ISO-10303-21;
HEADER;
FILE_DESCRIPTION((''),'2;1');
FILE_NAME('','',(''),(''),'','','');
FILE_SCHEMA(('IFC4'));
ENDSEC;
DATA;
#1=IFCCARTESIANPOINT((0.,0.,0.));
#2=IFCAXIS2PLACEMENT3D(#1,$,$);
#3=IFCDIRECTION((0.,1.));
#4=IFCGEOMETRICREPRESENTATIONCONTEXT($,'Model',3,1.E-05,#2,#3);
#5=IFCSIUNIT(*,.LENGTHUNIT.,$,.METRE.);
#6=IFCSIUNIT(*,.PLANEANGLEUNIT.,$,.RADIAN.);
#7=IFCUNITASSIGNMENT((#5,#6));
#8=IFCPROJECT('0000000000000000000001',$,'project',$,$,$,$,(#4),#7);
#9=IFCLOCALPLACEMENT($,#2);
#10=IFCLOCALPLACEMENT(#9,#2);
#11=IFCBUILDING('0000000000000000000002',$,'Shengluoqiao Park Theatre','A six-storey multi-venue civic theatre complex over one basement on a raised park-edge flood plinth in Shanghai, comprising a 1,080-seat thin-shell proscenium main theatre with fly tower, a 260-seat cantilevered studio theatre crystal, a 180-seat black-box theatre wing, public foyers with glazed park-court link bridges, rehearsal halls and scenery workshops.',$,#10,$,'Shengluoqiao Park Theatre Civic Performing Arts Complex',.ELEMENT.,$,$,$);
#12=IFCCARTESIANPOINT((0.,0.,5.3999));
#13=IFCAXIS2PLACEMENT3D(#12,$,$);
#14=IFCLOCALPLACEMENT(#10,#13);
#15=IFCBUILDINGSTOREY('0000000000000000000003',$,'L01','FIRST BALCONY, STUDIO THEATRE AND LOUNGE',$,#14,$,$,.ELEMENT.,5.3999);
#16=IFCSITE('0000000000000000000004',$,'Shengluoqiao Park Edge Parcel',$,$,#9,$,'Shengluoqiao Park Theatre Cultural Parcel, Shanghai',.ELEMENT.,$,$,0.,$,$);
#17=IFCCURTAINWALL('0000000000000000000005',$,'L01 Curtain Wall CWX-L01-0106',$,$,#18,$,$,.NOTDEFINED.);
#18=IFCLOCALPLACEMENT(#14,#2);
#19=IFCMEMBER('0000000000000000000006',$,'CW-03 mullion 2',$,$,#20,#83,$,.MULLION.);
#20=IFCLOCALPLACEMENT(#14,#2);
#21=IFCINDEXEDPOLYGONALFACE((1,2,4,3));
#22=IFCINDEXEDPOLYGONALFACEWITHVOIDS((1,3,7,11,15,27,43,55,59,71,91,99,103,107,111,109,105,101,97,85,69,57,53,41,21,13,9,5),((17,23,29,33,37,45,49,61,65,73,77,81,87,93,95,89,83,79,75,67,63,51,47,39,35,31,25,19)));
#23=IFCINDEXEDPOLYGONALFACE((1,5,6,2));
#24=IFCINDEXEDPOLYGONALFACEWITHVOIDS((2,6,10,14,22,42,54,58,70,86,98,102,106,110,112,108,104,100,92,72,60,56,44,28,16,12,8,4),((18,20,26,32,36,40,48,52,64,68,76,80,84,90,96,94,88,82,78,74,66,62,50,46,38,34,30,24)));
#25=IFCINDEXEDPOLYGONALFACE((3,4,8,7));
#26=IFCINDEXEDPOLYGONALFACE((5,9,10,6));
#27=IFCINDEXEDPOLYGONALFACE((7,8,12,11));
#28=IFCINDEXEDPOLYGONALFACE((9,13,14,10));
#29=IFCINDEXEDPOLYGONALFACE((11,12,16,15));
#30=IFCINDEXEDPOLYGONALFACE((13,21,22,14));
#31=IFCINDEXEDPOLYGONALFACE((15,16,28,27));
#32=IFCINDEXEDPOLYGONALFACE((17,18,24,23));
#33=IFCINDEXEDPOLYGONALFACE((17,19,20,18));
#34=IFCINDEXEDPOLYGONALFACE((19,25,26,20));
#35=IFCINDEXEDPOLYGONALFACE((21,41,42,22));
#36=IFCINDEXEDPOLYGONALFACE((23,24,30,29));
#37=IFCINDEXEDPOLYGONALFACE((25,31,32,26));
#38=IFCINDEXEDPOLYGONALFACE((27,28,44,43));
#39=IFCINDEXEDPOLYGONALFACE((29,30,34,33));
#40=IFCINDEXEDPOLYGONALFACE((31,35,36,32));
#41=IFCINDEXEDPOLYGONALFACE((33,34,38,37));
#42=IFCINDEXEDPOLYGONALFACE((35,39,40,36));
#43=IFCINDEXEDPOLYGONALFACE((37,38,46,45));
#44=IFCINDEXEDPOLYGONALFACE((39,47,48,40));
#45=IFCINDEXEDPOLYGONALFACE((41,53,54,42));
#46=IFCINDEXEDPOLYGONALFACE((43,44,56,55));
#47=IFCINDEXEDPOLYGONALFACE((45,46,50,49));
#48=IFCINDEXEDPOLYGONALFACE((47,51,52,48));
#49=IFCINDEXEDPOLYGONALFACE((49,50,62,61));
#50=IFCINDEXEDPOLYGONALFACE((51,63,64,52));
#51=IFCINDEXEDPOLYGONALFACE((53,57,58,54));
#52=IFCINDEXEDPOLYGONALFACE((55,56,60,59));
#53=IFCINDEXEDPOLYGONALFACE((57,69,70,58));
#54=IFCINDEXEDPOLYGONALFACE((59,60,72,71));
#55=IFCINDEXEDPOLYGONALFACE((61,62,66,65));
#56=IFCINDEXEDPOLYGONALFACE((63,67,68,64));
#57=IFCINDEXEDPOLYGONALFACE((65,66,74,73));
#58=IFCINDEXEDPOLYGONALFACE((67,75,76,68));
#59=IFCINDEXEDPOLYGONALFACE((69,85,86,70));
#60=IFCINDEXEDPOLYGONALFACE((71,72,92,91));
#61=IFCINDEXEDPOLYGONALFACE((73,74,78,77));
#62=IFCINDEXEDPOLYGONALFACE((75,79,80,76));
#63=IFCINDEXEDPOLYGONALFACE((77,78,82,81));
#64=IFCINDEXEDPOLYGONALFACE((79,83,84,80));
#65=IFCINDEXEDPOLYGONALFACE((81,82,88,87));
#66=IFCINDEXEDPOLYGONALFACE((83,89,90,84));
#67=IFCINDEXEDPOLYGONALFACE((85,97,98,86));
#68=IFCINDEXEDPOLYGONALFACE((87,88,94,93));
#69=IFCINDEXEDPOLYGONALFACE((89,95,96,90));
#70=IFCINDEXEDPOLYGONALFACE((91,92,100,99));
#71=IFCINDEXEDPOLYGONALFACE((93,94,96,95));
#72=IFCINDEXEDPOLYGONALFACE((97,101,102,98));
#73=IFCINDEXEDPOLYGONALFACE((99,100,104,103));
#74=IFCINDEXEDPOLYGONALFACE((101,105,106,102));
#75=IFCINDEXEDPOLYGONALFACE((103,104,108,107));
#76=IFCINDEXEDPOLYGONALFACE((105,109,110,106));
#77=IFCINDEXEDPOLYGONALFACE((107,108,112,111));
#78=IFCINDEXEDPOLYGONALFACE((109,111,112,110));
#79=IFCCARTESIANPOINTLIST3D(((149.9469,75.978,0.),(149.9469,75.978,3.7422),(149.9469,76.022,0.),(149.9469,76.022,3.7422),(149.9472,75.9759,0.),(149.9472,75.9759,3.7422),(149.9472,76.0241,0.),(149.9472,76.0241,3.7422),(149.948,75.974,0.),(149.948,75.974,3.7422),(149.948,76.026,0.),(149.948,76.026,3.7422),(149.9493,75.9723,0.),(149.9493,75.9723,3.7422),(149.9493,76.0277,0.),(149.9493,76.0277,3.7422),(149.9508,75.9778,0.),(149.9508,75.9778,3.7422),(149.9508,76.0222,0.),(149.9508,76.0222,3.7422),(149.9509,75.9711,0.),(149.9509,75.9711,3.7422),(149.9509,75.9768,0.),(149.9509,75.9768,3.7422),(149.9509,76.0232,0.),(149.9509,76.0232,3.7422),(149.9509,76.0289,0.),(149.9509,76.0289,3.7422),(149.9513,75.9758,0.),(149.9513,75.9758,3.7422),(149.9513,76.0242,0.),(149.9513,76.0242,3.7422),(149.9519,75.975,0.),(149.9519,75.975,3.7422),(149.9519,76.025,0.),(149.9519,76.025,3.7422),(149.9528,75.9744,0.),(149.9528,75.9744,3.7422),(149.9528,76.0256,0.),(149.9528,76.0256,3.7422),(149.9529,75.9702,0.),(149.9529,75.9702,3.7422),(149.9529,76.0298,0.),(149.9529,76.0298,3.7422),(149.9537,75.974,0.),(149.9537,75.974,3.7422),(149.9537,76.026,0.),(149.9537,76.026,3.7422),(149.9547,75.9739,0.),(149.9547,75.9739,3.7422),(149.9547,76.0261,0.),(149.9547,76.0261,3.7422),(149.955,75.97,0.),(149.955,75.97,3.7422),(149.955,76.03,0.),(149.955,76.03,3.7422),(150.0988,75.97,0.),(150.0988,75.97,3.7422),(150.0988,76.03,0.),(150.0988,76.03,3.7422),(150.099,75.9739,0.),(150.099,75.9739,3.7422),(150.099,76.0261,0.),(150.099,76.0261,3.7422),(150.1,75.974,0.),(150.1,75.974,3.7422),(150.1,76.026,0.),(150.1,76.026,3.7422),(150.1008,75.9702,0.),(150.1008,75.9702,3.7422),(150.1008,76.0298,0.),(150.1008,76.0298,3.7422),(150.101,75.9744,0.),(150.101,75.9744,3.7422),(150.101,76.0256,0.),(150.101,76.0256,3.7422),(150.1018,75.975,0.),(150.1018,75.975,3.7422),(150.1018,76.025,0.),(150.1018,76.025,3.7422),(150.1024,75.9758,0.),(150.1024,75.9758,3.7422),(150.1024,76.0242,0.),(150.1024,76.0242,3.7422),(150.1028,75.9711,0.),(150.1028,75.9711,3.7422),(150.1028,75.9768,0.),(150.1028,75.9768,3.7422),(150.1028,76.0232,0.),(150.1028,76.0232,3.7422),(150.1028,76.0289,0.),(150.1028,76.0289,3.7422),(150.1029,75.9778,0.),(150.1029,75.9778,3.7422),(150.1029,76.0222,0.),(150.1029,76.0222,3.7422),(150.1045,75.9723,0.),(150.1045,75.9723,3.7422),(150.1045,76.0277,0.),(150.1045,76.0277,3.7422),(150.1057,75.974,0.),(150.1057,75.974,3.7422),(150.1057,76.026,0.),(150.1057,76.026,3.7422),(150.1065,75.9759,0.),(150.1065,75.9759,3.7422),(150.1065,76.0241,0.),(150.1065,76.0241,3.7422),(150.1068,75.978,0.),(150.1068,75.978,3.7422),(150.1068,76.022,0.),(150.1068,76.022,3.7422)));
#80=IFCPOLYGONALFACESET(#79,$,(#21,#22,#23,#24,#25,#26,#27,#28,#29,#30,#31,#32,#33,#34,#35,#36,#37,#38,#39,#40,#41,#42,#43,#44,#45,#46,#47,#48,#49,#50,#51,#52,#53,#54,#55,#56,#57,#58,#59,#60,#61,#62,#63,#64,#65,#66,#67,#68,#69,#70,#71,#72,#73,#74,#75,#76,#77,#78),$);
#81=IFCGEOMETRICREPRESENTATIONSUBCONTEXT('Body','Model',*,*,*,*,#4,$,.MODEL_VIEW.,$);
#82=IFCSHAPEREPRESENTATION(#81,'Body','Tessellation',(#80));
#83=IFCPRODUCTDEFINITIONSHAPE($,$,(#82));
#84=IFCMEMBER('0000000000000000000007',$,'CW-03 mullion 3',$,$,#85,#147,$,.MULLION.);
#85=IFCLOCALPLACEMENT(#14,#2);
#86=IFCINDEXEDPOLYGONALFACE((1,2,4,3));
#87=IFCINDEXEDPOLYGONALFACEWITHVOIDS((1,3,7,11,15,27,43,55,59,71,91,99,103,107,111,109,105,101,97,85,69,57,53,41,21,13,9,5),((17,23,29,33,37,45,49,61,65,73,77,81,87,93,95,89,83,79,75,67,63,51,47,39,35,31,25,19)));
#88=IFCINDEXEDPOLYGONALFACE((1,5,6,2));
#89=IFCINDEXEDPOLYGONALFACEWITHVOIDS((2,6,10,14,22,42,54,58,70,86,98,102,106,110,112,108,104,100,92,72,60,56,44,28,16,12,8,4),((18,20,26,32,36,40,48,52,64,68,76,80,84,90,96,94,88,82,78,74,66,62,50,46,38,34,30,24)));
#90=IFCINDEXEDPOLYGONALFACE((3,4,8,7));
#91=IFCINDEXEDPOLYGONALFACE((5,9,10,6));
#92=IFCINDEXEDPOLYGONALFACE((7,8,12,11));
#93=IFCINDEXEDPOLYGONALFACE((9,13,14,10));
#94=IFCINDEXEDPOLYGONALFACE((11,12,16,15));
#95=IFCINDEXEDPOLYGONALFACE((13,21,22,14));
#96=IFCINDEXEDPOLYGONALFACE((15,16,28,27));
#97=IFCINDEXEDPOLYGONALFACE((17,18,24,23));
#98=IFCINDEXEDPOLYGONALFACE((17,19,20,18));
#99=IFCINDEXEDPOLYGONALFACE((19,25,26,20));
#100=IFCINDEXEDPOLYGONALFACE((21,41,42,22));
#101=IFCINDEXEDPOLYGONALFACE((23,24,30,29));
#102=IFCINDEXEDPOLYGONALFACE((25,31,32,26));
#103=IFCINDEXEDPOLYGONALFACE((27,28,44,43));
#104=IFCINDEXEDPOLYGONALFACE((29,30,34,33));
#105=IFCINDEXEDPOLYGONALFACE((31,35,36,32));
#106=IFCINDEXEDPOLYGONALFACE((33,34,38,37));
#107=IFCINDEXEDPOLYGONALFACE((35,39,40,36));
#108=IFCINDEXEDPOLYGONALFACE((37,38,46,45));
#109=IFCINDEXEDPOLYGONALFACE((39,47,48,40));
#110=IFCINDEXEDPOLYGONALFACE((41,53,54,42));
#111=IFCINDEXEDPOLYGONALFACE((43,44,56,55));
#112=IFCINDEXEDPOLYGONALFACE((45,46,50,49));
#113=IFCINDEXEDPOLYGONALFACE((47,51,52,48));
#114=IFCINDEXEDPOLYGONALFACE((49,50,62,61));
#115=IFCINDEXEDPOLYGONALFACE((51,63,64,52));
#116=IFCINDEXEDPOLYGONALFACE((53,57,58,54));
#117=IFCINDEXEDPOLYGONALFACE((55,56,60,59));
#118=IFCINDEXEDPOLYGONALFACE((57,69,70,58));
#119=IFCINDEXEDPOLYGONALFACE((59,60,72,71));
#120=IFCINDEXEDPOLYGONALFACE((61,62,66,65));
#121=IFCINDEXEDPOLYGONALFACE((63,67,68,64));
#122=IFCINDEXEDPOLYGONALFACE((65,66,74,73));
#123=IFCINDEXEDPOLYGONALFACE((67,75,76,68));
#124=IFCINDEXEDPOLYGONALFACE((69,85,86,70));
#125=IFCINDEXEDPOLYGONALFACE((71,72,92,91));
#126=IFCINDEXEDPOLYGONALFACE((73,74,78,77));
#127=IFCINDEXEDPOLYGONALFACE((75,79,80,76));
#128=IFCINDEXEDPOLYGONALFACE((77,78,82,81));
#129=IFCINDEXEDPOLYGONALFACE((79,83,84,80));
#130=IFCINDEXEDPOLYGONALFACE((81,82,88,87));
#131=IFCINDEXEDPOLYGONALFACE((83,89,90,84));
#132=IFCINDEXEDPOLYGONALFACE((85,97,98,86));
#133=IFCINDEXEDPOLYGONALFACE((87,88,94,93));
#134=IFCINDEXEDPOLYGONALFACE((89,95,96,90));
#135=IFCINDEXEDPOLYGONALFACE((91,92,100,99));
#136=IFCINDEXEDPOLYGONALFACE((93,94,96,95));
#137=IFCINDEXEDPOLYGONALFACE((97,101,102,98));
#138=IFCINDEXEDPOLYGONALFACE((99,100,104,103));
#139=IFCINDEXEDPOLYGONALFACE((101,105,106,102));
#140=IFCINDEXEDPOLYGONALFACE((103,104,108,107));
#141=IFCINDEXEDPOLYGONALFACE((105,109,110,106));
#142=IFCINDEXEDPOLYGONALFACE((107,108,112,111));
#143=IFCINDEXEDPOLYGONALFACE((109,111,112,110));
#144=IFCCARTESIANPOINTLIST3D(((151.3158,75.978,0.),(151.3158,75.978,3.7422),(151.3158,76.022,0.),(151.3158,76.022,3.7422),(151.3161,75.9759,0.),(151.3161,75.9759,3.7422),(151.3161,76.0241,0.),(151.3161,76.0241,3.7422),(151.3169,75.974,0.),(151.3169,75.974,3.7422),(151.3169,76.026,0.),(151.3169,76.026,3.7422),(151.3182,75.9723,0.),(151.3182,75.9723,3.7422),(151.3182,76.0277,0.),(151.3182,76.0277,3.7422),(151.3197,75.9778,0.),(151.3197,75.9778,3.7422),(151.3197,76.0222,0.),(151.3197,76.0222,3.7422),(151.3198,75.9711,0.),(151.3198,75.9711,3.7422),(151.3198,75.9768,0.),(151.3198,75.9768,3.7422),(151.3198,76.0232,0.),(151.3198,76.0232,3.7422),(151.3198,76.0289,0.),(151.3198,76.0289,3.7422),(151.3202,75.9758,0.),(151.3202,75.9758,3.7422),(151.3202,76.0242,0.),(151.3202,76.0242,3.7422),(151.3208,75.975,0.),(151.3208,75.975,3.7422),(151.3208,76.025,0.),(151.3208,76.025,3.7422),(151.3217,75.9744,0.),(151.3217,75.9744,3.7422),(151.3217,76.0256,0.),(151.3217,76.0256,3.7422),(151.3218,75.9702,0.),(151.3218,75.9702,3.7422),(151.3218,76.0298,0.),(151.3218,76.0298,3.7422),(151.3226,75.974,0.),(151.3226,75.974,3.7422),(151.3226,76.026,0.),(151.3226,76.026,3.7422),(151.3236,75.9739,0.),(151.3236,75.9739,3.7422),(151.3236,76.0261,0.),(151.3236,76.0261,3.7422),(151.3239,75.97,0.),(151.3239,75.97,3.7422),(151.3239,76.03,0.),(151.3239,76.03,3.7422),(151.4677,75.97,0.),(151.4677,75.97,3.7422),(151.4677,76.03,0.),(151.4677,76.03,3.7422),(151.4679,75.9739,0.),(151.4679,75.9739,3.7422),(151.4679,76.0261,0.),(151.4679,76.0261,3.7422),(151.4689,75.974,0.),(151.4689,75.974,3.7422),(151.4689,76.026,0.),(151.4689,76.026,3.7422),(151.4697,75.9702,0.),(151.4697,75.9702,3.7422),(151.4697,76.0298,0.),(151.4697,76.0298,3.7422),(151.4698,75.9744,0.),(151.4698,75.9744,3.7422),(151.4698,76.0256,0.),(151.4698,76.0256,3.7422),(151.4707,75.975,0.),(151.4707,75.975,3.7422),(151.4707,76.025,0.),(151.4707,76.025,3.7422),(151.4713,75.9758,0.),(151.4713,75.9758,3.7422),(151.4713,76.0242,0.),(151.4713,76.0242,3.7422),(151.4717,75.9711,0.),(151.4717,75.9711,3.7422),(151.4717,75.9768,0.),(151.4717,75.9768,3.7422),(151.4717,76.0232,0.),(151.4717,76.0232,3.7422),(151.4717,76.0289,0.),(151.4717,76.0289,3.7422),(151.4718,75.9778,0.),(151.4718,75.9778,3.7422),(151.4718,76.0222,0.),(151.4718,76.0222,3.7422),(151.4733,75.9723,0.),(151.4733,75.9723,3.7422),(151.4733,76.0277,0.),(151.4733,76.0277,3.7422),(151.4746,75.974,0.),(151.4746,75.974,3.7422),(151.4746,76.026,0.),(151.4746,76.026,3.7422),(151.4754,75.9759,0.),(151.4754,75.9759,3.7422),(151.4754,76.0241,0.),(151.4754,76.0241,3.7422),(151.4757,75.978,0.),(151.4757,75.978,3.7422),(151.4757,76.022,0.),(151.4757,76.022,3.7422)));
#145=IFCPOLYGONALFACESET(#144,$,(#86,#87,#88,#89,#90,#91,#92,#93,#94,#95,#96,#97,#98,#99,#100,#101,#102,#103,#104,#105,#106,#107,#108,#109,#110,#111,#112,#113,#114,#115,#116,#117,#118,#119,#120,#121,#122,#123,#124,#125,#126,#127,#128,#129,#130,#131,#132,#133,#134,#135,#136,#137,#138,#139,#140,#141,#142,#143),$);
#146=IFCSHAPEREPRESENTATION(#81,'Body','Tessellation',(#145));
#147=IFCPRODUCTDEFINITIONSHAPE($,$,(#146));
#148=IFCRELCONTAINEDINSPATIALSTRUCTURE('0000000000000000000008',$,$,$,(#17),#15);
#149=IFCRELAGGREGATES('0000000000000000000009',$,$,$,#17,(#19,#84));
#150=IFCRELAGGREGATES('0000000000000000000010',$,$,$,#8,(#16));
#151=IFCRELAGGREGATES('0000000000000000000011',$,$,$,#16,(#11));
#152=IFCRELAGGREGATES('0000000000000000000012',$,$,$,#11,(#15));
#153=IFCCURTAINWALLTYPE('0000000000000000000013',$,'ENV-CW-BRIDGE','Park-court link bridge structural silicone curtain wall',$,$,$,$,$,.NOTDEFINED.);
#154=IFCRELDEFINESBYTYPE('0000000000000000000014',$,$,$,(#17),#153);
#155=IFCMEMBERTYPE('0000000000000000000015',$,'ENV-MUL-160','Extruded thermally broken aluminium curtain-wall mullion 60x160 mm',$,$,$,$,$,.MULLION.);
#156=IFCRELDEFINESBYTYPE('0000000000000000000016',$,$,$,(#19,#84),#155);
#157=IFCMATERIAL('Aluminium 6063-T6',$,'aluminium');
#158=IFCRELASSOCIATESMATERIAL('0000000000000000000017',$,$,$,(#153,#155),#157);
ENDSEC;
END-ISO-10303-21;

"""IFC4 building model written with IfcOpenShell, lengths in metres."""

from ifc_helpers import new_model, si_unit, direction, frame, origin, origin_2d, place, context, subcontext, project, spatial, hollow_rectangle, extrude, material, material_profile, profile_set, type_object, element, aggregate, save


model = new_model("IFC4")

# Units and contexts
model_context = context("Model", 3, precision=1e-05, world=origin(), true_north=direction((0.0, 1.0)))
body_context = subcontext(model_context, "Body", "Model", "MODEL_VIEW")
ifc_project = project(units=[si_unit("LENGTHUNIT", "METRE"), si_unit("PLANEANGLEUNIT", "RADIAN")], contexts=[model_context])

# Site, building, storey
site_placement = place(None, origin())
site = spatial("IfcSite", under=ifc_project, at=site_placement, Name="Shengluoqiao Park Edge Parcel", LongName="Shengluoqiao Park Theatre Cultural Parcel, Shanghai", CompositionType="ELEMENT", RefElevation=0.0)
building_placement = place(site_placement, origin())
building = spatial("IfcBuilding", under=site, at=building_placement, Name="Shengluoqiao Park Theatre", Description="A six-storey multi-venue civic theatre complex over one basement on a raised park-edge flood plinth in Shanghai, comprising a 1,080-seat thin-shell proscenium main theatre with fly tower, a 260-seat cantilevered studio theatre crystal, a 180-seat black-box theatre wing, public foyers with glazed park-court link bridges, rehearsal halls and scenery workshops.", LongName="Shengluoqiao Park Theatre Civic Performing Arts Complex", CompositionType="ELEMENT")
storey_placement = place(building_placement, frame((0.0, 0.0, 5.3999)))
storey = spatial("IfcBuildingStorey", under=building, at=storey_placement, Name="L01", Description="FIRST BALCONY, STUDIO THEATRE AND LOUNGE", CompositionType="ELEMENT", Elevation=5.3999)

# Curtain wall, members
ifc_material_1 = material(Name="Aluminium 6063-T6", Category="aluminium")
curtain_wall_type = type_object("IfcCurtainWallType", Name="ENV-CW-BRIDGE", Description="Park-court link bridge structural silicone curtain wall", PredefinedType="NOTDEFINED", material=ifc_material_1)
ifc_material_profile_1 = material_profile(ifc_material_1, hollow_rectangle(XDim=0.0601, YDim=0.1599, WallThickness=0.0039, InnerFilletRadius=0.0039, OuterFilletRadius=0.0081, at=origin_2d()), Name="ALU MULLION 160x60x4")
ifc_profile_set_1 = profile_set([ifc_material_profile_1], Name="Aluminium 6063-T6")
member_type_1 = type_object("IfcMemberType", Name="ENV-MUL-160", Description="Extruded thermally broken aluminium curtain-wall mullion 60x160 mm", PredefinedType="MULLION", material=ifc_profile_set_1)
curtain_wall_1_placement = place(storey_placement, origin())
curtain_wall_1 = element("IfcCurtainWall", 1, at=curtain_wall_1_placement, inside=storey, type_object=curtain_wall_type, Name="L01 Curtain Wall CWX-L01-0106", PredefinedType="NOTDEFINED")
member_1_placement = place(storey_placement, frame((150.0269, 76.0, 0.0), z_axis=(0.0, 0.0, 1.0), x_axis=(0.0, 1.0, 0.0)))
member_1 = element("IfcMember", 2, at=member_1_placement, type_object=member_type_1, Name="CW-03 mullion 2", PredefinedType="MULLION", context=body_context, shape_type="SweptSolid", body=[
    extrude(hollow_rectangle(XDim=0.0601, YDim=0.1599, WallThickness=0.0039, InnerFilletRadius=0.0039, OuterFilletRadius=0.0081, at=origin_2d()), origin(), (0.0, 0.0, 1.0), 3.7422),
])
member_2_placement = place(storey_placement, frame((151.3958, 76.0, 0.0), z_axis=(0.0, 0.0, 1.0), x_axis=(0.0, 1.0, 0.0)))
member_2 = element("IfcMember", 3, at=member_2_placement, type_object=member_type_1, Name="CW-03 mullion 3", PredefinedType="MULLION", context=body_context, shape_type="SweptSolid", body=[
    extrude(hollow_rectangle(XDim=0.0601, YDim=0.1599, WallThickness=0.0039, InnerFilletRadius=0.0039, OuterFilletRadius=0.0081, at=origin_2d()), origin(), (0.0, 0.0, 1.0), 3.7422),
])

aggregate(curtain_wall_1, [member_1, member_2])

save(model, "model.ifc")
